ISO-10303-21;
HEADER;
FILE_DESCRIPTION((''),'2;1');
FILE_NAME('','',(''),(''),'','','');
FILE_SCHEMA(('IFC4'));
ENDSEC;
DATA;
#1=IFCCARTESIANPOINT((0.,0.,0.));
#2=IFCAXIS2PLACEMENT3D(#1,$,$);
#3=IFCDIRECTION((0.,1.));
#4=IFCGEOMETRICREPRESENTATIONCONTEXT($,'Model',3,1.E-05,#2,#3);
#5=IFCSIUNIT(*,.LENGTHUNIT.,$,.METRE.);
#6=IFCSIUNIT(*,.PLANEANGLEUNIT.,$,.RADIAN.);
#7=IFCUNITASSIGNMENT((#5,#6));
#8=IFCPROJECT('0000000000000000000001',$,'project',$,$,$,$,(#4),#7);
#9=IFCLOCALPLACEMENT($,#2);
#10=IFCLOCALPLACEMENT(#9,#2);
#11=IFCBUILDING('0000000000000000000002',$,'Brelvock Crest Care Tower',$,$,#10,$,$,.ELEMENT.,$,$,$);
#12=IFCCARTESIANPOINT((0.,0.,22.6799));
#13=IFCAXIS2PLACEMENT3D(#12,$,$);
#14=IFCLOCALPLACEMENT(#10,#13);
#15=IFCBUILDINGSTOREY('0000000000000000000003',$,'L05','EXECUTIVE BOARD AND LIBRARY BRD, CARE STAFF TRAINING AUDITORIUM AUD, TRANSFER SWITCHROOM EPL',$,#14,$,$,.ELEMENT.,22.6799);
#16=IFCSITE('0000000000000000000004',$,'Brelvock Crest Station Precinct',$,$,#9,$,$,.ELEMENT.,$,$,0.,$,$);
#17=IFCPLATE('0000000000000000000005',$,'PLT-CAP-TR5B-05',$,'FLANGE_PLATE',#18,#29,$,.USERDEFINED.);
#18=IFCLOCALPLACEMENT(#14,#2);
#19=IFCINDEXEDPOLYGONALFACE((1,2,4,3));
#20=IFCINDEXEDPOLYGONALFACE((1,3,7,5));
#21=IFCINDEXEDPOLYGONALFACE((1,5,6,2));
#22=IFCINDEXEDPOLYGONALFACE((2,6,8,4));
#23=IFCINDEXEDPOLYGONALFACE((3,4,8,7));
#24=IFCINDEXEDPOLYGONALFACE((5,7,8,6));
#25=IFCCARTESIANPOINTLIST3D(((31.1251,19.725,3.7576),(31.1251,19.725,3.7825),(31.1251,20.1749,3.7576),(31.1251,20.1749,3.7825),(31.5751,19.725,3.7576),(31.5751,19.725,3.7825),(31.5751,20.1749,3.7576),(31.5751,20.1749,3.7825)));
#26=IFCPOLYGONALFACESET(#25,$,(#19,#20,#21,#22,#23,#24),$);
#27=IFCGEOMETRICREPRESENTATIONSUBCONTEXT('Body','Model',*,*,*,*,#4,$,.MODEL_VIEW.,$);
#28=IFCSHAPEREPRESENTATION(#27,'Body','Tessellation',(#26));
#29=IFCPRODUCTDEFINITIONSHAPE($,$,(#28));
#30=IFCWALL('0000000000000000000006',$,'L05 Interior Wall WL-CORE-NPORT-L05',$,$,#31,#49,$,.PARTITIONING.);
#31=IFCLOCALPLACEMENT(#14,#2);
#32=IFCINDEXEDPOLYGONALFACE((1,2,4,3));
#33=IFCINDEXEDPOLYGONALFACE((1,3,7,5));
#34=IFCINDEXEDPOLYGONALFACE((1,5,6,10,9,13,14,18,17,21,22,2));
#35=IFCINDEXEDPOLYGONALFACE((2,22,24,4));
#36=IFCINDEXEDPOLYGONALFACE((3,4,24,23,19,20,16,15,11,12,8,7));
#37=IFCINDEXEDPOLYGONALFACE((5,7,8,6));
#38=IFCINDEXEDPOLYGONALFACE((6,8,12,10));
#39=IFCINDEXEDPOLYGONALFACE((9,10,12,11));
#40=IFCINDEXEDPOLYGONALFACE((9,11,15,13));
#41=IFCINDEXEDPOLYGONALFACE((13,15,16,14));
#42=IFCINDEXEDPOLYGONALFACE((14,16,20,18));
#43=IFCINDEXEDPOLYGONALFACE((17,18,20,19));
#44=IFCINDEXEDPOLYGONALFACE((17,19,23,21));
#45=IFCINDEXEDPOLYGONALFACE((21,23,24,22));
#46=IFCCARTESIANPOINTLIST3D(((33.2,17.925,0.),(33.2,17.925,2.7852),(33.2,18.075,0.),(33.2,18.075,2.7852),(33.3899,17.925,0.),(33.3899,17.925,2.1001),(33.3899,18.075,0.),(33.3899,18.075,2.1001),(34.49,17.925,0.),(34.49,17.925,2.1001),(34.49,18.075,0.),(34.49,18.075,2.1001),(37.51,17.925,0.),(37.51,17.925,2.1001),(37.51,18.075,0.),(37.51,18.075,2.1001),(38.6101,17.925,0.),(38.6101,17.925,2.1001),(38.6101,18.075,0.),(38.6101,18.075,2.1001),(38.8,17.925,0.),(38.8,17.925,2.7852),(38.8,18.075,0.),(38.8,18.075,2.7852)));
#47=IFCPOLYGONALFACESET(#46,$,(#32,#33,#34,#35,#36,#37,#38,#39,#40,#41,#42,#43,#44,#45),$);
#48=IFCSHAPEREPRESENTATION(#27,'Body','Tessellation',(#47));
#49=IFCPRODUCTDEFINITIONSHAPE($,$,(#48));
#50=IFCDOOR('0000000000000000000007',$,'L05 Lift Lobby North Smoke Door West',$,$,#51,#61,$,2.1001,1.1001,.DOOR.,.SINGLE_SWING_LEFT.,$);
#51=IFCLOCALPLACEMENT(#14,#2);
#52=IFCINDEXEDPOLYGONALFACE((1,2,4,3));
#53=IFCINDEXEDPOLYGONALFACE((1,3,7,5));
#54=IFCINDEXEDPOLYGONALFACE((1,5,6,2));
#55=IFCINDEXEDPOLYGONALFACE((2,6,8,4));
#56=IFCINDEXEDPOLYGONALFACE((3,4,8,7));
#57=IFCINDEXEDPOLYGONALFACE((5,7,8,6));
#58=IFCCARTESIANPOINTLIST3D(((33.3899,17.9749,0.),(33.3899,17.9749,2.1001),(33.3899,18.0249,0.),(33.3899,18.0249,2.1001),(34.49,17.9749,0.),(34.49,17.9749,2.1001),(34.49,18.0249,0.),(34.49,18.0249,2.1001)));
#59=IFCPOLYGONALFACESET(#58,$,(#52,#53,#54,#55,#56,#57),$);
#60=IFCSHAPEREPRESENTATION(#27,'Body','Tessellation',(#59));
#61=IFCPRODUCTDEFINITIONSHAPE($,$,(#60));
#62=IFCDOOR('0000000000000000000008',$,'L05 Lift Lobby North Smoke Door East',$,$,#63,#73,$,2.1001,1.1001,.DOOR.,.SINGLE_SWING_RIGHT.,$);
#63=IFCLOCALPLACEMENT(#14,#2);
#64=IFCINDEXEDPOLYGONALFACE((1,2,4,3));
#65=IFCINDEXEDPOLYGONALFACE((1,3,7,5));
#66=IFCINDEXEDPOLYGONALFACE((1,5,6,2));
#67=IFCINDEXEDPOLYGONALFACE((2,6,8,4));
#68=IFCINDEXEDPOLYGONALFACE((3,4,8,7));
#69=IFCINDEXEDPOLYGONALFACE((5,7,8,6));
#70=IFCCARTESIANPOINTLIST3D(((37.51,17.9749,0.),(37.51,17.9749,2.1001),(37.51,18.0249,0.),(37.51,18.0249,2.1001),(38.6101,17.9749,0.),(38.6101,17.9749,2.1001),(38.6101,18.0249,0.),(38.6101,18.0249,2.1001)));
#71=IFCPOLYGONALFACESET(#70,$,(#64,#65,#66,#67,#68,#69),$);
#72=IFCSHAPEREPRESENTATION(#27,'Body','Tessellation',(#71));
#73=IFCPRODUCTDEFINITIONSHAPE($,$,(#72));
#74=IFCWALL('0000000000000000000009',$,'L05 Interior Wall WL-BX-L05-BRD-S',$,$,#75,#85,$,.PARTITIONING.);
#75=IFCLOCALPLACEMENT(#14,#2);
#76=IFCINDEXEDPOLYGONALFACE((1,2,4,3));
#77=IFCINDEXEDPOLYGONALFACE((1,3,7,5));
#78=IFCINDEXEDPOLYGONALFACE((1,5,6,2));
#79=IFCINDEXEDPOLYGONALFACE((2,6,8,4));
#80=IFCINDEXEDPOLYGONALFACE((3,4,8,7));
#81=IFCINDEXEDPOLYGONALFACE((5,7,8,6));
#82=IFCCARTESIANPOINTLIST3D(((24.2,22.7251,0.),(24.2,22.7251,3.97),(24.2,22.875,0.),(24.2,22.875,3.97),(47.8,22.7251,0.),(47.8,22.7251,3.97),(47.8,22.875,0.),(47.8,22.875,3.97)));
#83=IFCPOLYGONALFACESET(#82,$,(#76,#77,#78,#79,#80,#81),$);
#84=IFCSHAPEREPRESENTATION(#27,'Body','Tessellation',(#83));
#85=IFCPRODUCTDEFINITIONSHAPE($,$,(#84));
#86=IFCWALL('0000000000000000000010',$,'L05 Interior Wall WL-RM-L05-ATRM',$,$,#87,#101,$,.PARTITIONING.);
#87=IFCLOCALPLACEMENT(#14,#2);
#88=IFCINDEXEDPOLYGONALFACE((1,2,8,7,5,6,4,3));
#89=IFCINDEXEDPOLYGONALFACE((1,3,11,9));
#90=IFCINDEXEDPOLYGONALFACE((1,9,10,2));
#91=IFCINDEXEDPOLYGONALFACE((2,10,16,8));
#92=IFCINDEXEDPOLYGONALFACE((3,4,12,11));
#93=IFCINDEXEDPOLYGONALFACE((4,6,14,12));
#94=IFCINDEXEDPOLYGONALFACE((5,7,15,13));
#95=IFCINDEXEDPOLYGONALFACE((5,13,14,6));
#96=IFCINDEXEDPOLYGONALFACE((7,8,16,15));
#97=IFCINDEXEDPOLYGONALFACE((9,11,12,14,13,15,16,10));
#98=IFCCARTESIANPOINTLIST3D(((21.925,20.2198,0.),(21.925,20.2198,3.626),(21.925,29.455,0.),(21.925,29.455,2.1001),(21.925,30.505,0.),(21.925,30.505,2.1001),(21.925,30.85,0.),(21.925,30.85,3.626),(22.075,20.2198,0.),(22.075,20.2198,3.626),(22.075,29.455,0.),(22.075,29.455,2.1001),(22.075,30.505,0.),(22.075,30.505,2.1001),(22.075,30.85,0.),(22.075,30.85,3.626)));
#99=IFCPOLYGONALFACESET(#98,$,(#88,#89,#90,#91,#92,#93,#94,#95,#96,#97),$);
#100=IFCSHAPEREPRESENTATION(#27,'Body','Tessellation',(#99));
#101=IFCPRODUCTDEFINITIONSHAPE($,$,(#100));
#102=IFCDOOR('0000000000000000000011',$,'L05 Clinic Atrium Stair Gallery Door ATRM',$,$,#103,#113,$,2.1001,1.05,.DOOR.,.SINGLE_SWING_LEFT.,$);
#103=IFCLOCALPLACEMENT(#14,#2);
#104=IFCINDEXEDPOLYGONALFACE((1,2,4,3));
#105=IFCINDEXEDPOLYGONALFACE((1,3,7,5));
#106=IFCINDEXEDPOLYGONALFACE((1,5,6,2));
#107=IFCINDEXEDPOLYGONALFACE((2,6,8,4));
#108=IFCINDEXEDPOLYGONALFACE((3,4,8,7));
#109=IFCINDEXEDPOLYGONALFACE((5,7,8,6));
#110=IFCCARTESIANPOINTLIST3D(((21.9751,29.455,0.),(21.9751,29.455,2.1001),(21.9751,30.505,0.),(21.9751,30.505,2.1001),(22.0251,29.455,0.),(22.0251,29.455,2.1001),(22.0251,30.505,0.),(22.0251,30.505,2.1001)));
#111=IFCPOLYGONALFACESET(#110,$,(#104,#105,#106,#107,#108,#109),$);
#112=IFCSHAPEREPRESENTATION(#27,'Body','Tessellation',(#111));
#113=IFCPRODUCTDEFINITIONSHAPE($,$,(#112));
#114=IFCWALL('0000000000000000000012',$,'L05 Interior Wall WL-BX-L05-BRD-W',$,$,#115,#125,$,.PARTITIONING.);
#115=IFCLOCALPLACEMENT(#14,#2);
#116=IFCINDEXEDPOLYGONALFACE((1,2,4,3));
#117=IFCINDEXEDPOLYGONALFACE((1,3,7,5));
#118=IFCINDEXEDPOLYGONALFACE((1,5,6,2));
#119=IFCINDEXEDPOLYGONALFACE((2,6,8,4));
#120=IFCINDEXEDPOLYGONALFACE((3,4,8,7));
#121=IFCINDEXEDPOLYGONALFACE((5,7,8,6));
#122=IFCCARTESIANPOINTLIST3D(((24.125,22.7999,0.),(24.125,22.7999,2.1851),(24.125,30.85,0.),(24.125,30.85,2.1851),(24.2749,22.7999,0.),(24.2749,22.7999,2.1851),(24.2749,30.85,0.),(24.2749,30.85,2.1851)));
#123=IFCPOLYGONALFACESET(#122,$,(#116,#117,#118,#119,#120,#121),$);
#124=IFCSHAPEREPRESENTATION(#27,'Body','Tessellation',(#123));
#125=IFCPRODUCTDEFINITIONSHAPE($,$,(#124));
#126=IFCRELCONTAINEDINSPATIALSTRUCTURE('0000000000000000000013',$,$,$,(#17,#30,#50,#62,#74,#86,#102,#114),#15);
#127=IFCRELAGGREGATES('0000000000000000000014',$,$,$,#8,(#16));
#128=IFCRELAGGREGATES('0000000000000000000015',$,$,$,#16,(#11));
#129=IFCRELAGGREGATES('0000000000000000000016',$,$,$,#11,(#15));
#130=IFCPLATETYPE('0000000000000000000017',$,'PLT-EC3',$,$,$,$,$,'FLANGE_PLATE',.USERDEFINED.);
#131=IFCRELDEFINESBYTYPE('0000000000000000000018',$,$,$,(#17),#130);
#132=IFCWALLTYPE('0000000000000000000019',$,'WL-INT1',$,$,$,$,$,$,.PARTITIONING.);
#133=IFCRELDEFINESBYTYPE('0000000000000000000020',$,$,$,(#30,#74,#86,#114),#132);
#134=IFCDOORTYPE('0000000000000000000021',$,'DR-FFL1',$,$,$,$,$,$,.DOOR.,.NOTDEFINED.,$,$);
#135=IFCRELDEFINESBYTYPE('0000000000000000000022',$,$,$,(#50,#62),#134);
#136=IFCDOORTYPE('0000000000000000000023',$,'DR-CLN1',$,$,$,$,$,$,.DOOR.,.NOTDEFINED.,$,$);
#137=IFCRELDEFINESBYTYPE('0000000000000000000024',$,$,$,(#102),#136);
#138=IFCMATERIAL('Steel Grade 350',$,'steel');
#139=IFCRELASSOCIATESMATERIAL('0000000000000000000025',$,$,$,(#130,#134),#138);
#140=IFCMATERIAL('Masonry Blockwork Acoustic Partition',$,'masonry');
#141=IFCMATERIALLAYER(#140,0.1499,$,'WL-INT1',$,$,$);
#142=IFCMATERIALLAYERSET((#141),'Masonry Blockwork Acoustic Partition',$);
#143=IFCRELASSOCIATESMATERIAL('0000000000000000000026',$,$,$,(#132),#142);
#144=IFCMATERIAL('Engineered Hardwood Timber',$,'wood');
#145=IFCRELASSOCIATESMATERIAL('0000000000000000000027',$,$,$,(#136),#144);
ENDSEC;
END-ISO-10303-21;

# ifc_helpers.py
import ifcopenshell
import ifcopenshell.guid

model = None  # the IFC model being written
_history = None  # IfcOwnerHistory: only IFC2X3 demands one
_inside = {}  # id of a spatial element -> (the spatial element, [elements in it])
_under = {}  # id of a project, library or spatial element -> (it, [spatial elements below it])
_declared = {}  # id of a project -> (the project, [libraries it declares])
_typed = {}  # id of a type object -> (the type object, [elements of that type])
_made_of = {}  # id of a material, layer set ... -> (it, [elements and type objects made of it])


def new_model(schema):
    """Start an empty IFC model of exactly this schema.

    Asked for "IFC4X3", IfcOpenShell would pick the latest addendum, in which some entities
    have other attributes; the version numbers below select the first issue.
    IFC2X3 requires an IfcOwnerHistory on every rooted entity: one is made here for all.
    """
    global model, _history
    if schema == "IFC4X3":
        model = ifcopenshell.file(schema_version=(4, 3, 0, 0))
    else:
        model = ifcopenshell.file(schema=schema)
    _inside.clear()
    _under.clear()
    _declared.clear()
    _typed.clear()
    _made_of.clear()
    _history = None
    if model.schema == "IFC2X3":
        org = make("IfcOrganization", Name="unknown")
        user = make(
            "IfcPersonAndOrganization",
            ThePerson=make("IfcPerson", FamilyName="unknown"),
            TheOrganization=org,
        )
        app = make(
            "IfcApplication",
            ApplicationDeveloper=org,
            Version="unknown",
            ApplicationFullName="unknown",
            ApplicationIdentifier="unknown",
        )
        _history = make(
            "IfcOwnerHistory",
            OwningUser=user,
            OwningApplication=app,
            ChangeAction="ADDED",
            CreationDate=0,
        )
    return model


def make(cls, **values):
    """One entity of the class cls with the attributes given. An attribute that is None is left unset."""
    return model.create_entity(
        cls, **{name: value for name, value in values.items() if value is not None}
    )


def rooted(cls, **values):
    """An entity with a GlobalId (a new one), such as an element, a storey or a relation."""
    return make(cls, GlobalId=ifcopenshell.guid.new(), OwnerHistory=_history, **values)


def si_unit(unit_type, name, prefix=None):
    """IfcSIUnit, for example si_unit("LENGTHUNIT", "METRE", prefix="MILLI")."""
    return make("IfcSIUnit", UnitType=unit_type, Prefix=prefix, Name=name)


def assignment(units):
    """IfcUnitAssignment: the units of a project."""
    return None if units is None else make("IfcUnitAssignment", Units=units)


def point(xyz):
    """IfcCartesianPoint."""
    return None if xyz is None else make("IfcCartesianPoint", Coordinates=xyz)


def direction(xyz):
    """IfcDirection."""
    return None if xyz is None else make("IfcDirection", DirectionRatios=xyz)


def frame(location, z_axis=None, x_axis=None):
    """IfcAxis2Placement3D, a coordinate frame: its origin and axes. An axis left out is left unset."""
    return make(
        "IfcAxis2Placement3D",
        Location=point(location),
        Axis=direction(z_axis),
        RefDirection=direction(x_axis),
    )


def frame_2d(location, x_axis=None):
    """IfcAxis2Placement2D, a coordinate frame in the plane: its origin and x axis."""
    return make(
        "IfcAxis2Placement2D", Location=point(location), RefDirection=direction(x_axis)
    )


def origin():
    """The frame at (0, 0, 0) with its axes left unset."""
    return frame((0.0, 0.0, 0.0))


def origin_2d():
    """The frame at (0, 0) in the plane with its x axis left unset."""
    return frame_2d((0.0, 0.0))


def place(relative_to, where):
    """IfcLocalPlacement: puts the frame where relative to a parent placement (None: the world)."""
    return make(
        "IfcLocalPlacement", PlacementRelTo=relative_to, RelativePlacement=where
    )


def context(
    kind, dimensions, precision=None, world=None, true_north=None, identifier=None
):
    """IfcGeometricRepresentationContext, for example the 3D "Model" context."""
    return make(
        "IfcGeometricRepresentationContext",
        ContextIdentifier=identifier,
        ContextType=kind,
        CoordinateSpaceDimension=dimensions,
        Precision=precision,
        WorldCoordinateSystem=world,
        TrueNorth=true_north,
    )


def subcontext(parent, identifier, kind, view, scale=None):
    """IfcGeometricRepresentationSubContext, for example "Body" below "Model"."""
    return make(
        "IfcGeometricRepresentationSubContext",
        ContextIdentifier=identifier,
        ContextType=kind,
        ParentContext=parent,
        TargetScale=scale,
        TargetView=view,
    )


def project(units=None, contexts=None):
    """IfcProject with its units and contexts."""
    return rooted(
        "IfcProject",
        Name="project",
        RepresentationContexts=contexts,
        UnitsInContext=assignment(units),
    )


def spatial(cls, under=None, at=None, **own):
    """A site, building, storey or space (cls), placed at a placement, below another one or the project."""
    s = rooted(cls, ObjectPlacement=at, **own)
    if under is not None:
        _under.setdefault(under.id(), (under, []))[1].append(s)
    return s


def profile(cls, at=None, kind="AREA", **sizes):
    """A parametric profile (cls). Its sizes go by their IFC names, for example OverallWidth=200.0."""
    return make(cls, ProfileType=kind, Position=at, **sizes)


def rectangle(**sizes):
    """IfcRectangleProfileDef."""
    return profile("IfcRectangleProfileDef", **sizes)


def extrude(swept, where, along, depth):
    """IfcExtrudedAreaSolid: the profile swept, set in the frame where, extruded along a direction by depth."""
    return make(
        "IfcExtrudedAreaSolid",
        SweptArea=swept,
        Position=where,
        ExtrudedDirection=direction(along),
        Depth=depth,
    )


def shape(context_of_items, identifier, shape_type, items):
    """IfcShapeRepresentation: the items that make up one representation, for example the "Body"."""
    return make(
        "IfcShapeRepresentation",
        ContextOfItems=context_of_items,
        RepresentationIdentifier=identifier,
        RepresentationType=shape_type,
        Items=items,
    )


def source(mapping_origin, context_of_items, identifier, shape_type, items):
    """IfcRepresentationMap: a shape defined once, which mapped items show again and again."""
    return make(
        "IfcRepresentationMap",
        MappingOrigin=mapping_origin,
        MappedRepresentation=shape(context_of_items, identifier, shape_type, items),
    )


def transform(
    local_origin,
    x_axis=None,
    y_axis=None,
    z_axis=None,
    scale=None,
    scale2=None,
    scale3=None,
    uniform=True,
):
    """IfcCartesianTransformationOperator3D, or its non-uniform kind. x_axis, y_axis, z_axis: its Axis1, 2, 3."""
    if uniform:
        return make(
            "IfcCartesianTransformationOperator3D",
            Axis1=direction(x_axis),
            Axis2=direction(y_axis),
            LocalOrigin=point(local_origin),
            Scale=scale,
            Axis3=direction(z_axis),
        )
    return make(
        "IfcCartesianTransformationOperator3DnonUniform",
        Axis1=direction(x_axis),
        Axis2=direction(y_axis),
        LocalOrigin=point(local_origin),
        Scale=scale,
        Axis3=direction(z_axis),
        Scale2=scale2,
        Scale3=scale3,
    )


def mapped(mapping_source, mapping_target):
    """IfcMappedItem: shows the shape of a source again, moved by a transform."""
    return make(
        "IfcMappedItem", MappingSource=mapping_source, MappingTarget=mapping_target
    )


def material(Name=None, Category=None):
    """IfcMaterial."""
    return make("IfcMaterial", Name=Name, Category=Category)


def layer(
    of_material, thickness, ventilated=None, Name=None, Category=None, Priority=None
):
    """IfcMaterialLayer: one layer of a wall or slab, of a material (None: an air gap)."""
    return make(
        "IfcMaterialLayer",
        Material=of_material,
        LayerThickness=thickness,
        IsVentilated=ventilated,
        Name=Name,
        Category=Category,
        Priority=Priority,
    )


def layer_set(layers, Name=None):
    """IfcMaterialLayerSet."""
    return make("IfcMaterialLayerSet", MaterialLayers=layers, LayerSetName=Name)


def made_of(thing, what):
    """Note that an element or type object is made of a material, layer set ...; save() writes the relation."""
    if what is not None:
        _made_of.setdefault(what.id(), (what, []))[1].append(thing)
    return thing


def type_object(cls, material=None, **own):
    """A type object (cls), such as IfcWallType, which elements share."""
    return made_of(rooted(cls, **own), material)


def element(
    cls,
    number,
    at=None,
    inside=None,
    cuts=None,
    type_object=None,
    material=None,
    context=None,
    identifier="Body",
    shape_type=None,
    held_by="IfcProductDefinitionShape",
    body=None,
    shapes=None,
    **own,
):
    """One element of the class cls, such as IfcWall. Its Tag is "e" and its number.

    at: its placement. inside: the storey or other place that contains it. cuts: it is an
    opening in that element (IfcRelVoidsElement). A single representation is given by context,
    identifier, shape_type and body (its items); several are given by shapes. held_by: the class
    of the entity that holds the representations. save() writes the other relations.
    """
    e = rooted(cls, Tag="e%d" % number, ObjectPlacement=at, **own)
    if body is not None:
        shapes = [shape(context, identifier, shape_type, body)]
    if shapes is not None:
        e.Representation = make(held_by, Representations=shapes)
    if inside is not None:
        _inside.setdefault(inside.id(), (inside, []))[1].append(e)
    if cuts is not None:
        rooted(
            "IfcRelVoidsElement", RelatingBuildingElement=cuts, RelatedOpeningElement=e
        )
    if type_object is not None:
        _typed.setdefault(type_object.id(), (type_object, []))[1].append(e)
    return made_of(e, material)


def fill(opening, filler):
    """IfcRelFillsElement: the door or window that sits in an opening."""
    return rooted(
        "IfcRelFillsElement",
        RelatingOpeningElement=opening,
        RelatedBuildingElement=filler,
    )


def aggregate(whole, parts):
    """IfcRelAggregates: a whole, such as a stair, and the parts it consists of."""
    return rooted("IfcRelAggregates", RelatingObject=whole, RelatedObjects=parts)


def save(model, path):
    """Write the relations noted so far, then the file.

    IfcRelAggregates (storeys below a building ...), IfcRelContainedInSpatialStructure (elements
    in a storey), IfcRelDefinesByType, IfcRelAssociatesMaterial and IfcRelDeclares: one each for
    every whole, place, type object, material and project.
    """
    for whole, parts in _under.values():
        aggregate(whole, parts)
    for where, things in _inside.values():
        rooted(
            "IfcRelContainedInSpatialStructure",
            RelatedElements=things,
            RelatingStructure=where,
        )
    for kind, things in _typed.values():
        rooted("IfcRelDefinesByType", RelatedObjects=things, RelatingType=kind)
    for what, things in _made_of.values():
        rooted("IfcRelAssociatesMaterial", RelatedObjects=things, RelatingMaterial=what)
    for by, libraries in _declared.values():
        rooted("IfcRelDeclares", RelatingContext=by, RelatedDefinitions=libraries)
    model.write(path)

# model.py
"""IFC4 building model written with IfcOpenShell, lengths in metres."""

from ifc_helpers import new_model, si_unit, direction, frame, frame_2d, origin, origin_2d, place, context, subcontext, project, spatial, rectangle, extrude, source, transform, mapped, material, layer, layer_set, type_object, element, fill, save


model = new_model("IFC4")

# Units and contexts
model_context = context("Model", 3, precision=1e-05, world=origin(), true_north=direction((0.0, 1.0)))
body_context = subcontext(model_context, "Body", "Model", "MODEL_VIEW")
ifc_project = project(units=[si_unit("LENGTHUNIT", "METRE"), si_unit("PLANEANGLEUNIT", "RADIAN")], contexts=[model_context])

# Site, building, storey
site_placement = place(None, origin())
site = spatial("IfcSite", under=ifc_project, at=site_placement, Name="Brelvock Crest Station Precinct", CompositionType="ELEMENT", RefElevation=0.0)
building_placement = place(site_placement, origin())
building = spatial("IfcBuilding", under=site, at=building_placement, Name="Brelvock Crest Care Tower", CompositionType="ELEMENT")
storey_placement = place(building_placement, frame((0.0, 0.0, 22.6799)))
storey = spatial("IfcBuildingStorey", under=building, at=storey_placement, Name="L05", Description="EXECUTIVE BOARD AND LIBRARY BRD, CARE STAFF TRAINING AUDITORIUM AUD, TRANSFER SWITCHROOM EPL", CompositionType="ELEMENT", Elevation=22.6799)

# Shared definitions
ifc_material_1 = material(Name="Steel Grade 350", Category="steel")

# Plate
plate_type_1 = type_object("IfcPlateType", Name="PLT-EC3", ElementType="FLANGE_PLATE", PredefinedType="USERDEFINED", material=ifc_material_1)
shared_shape_1 = source(origin(), body_context, "Body", "SweptSolid", [
    extrude(rectangle(XDim=0.45, YDim=0.45, at=origin_2d()), origin(), (0.0, 0.0, 1.0), 0.0249),
])
for number, where, z_axis, x_axis, name in (
    (1, (31.3501, 19.95, 3.7576), (0.0, 0.0, 1.0), (1.0, 0.0, 0.0), "PLT-CAP-TR5B-05"),
):
    element("IfcPlate", number, at=place(storey_placement, frame(where, z_axis=z_axis, x_axis=x_axis)), inside=storey, type_object=plate_type_1, Name=name, ObjectType="FLANGE_PLATE", PredefinedType="USERDEFINED", context=body_context, shape_type="MappedRepresentation", body=[
        mapped(shared_shape_1, transform((0.0, 0.0, 0.0), x_axis=(1.0, 0.0, 0.0), y_axis=(0.0, 1.0, 0.0), z_axis=(0.0, 0.0, 1.0), scale=1.0)),
    ])

# Wall, openings, doors
ifc_material_2 = material(Name="Masonry Blockwork Acoustic Partition", Category="masonry")
ifc_layer = layer(ifc_material_2, 0.1499, Name="WL-INT1")
ifc_layer_set = layer_set([ifc_layer], Name="Masonry Blockwork Acoustic Partition")
wall_type = type_object("IfcWallType", Name="WL-INT1", PredefinedType="PARTITIONING", material=ifc_layer_set)
wall_1_placement = place(storey_placement, frame((33.2, 18.0, 0.0), z_axis=(0.0, 0.0, 1.0), x_axis=(1.0, 0.0, 0.0)))
wall_1 = element("IfcWall", 2, at=wall_1_placement, inside=storey, type_object=wall_type, Name="L05 Interior Wall WL-CORE-NPORT-L05", PredefinedType="PARTITIONING", context=body_context, shape_type="SweptSolid", body=[
    extrude(rectangle(XDim=5.6001, YDim=0.1499, at=frame_2d((2.8, 0.0))), origin(), (0.0, 0.0, 1.0), 2.7852),
])
opening_1_placement = place(wall_1_placement, frame((0.1899, 0.0, 0.0)))
opening_1 = element("IfcOpeningElement", 3, at=opening_1_placement, cuts=wall_1, PredefinedType="OPENING", context=body_context, shape_type="SweptSolid", body=[
    extrude(rectangle(XDim=1.1001, YDim=2.1001, at=origin_2d()), frame((0.55, 0.085, 1.05), z_axis=(0.0, -1.0, 0.0), x_axis=(1.0, 0.0, 0.0)), (0.0, 0.0, 1.0), 0.1699),
])
opening_2_placement = place(wall_1_placement, frame((4.3101, 0.0, 0.0)))
opening_2 = element("IfcOpeningElement", 4, at=opening_2_placement, cuts=wall_1, PredefinedType="OPENING", context=body_context, shape_type="SweptSolid", body=[
    extrude(rectangle(XDim=1.1001, YDim=2.1001, at=origin_2d()), frame((0.55, 0.085, 1.05), z_axis=(0.0, -1.0, 0.0), x_axis=(1.0, 0.0, 0.0)), (0.0, 0.0, 1.0), 0.1699),
])
door_type_1 = type_object("IfcDoorType", Name="DR-FFL1", OperationType="NOTDEFINED", PredefinedType="DOOR", material=ifc_material_1)
shared_shape_2 = source(origin(), body_context, "Body", "SweptSolid", [
    extrude(rectangle(XDim=1.1001, YDim=2.1001, at=origin_2d()), frame((0.55, 0.0249, 1.05), z_axis=(0.0, -1.0, 0.0), x_axis=(1.0, 0.0, 0.0)), (0.0, 0.0, 1.0), 0.05),
])
door_1_placement = place(opening_1_placement, origin())
door_1 = element("IfcDoor", 5, at=door_1_placement, inside=storey, type_object=door_type_1, Name="L05 Lift Lobby North Smoke Door West", OperationType="SINGLE_SWING_LEFT", OverallHeight=2.1001, OverallWidth=1.1001, PredefinedType="DOOR", context=body_context, shape_type="MappedRepresentation", body=[
    mapped(shared_shape_2, transform((0.0, 0.0, 0.0), x_axis=(1.0, 0.0, 0.0), y_axis=(0.0, 1.0, 0.0), z_axis=(0.0, 0.0, 1.0), scale=1.0)),
])
fill(opening_1, door_1)
door_2_placement = place(opening_2_placement, origin())
door_2 = element("IfcDoor", 6, at=door_2_placement, inside=storey, type_object=door_type_1, Name="L05 Lift Lobby North Smoke Door East", OperationType="SINGLE_SWING_RIGHT", OverallHeight=2.1001, OverallWidth=1.1001, PredefinedType="DOOR", context=body_context, shape_type="MappedRepresentation", body=[
    mapped(shared_shape_2, transform((0.0, 0.0, 0.0), x_axis=(1.0, 0.0, 0.0), y_axis=(0.0, 1.0, 0.0), z_axis=(0.0, 0.0, 1.0), scale=1.0)),
])
fill(opening_2, door_2)

# Wall
wall_2_placement = place(storey_placement, frame((24.2, 22.8, 0.0), z_axis=(0.0, 0.0, 1.0), x_axis=(1.0, 0.0, 0.0)))
element("IfcWall", 7, at=wall_2_placement, inside=storey, type_object=wall_type, Name="L05 Interior Wall WL-BX-L05-BRD-S", PredefinedType="PARTITIONING", context=body_context, shape_type="SweptSolid", body=[
    extrude(rectangle(XDim=23.6001, YDim=0.1499, at=frame_2d((11.8, 0.0))), origin(), (0.0, 0.0, 1.0), 3.97),
])

# Wall, opening, door
wall_3_placement = place(storey_placement, frame((22.0, 20.22, 0.0), z_axis=(0.0, 0.0, 1.0), x_axis=(0.0, 1.0, 0.0)))
wall_3 = element("IfcWall", 8, at=wall_3_placement, inside=storey, type_object=wall_type, Name="L05 Interior Wall WL-RM-L05-ATRM", PredefinedType="PARTITIONING", context=body_context, shape_type="SweptSolid", body=[
    extrude(rectangle(XDim=10.6301, YDim=0.1499, at=frame_2d((5.3149, 0.0))), origin(), (0.0, 0.0, 1.0), 3.626),
])
opening_3_placement = place(wall_3_placement, frame((9.2351, 0.0, 0.0)))
opening_3 = element("IfcOpeningElement", 9, at=opening_3_placement, cuts=wall_3, PredefinedType="OPENING", context=body_context, shape_type="SweptSolid", body=[
    extrude(rectangle(XDim=1.05, YDim=2.1001, at=origin_2d()), frame((0.5249, 0.085, 1.05), z_axis=(0.0, -1.0, 0.0), x_axis=(1.0, 0.0, 0.0)), (0.0, 0.0, 1.0), 0.1699),
])
ifc_material_3 = material(Name="Engineered Hardwood Timber", Category="wood")
door_type_2 = type_object("IfcDoorType", Name="DR-CLN1", OperationType="NOTDEFINED", PredefinedType="DOOR", material=ifc_material_3)
shared_shape_3 = source(origin(), body_context, "Body", "SweptSolid", [
    extrude(rectangle(XDim=1.05, YDim=2.1001, at=origin_2d()), frame((0.5249, 0.0249, 1.05), z_axis=(0.0, -1.0, 0.0), x_axis=(1.0, 0.0, 0.0)), (0.0, 0.0, 1.0), 0.05),
])
door_3_placement = place(opening_3_placement, origin())
door_3 = element("IfcDoor", 10, at=door_3_placement, inside=storey, type_object=door_type_2, Name="L05 Clinic Atrium Stair Gallery Door ATRM", OperationType="SINGLE_SWING_LEFT", OverallHeight=2.1001, OverallWidth=1.05, PredefinedType="DOOR", context=body_context, shape_type="MappedRepresentation", body=[
    mapped(shared_shape_3, transform((0.0, 0.0, 0.0), x_axis=(1.0, 0.0, 0.0), y_axis=(0.0, 1.0, 0.0), z_axis=(0.0, 0.0, 1.0), scale=1.0)),
])
fill(opening_3, door_3)

# Wall
wall_4_placement = place(storey_placement, frame((24.2, 22.8, 0.0), z_axis=(0.0, 0.0, 1.0), x_axis=(0.0, 1.0, 0.0)))
element("IfcWall", 11, at=wall_4_placement, inside=storey, type_object=wall_type, Name="L05 Interior Wall WL-BX-L05-BRD-W", PredefinedType="PARTITIONING", context=body_context, shape_type="SweptSolid", body=[
    extrude(rectangle(XDim=8.05, YDim=0.1499, at=frame_2d((4.0249, 0.0))), origin(), (0.0, 0.0, 1.0), 2.1851),
])

save(model, "model.ifc")
